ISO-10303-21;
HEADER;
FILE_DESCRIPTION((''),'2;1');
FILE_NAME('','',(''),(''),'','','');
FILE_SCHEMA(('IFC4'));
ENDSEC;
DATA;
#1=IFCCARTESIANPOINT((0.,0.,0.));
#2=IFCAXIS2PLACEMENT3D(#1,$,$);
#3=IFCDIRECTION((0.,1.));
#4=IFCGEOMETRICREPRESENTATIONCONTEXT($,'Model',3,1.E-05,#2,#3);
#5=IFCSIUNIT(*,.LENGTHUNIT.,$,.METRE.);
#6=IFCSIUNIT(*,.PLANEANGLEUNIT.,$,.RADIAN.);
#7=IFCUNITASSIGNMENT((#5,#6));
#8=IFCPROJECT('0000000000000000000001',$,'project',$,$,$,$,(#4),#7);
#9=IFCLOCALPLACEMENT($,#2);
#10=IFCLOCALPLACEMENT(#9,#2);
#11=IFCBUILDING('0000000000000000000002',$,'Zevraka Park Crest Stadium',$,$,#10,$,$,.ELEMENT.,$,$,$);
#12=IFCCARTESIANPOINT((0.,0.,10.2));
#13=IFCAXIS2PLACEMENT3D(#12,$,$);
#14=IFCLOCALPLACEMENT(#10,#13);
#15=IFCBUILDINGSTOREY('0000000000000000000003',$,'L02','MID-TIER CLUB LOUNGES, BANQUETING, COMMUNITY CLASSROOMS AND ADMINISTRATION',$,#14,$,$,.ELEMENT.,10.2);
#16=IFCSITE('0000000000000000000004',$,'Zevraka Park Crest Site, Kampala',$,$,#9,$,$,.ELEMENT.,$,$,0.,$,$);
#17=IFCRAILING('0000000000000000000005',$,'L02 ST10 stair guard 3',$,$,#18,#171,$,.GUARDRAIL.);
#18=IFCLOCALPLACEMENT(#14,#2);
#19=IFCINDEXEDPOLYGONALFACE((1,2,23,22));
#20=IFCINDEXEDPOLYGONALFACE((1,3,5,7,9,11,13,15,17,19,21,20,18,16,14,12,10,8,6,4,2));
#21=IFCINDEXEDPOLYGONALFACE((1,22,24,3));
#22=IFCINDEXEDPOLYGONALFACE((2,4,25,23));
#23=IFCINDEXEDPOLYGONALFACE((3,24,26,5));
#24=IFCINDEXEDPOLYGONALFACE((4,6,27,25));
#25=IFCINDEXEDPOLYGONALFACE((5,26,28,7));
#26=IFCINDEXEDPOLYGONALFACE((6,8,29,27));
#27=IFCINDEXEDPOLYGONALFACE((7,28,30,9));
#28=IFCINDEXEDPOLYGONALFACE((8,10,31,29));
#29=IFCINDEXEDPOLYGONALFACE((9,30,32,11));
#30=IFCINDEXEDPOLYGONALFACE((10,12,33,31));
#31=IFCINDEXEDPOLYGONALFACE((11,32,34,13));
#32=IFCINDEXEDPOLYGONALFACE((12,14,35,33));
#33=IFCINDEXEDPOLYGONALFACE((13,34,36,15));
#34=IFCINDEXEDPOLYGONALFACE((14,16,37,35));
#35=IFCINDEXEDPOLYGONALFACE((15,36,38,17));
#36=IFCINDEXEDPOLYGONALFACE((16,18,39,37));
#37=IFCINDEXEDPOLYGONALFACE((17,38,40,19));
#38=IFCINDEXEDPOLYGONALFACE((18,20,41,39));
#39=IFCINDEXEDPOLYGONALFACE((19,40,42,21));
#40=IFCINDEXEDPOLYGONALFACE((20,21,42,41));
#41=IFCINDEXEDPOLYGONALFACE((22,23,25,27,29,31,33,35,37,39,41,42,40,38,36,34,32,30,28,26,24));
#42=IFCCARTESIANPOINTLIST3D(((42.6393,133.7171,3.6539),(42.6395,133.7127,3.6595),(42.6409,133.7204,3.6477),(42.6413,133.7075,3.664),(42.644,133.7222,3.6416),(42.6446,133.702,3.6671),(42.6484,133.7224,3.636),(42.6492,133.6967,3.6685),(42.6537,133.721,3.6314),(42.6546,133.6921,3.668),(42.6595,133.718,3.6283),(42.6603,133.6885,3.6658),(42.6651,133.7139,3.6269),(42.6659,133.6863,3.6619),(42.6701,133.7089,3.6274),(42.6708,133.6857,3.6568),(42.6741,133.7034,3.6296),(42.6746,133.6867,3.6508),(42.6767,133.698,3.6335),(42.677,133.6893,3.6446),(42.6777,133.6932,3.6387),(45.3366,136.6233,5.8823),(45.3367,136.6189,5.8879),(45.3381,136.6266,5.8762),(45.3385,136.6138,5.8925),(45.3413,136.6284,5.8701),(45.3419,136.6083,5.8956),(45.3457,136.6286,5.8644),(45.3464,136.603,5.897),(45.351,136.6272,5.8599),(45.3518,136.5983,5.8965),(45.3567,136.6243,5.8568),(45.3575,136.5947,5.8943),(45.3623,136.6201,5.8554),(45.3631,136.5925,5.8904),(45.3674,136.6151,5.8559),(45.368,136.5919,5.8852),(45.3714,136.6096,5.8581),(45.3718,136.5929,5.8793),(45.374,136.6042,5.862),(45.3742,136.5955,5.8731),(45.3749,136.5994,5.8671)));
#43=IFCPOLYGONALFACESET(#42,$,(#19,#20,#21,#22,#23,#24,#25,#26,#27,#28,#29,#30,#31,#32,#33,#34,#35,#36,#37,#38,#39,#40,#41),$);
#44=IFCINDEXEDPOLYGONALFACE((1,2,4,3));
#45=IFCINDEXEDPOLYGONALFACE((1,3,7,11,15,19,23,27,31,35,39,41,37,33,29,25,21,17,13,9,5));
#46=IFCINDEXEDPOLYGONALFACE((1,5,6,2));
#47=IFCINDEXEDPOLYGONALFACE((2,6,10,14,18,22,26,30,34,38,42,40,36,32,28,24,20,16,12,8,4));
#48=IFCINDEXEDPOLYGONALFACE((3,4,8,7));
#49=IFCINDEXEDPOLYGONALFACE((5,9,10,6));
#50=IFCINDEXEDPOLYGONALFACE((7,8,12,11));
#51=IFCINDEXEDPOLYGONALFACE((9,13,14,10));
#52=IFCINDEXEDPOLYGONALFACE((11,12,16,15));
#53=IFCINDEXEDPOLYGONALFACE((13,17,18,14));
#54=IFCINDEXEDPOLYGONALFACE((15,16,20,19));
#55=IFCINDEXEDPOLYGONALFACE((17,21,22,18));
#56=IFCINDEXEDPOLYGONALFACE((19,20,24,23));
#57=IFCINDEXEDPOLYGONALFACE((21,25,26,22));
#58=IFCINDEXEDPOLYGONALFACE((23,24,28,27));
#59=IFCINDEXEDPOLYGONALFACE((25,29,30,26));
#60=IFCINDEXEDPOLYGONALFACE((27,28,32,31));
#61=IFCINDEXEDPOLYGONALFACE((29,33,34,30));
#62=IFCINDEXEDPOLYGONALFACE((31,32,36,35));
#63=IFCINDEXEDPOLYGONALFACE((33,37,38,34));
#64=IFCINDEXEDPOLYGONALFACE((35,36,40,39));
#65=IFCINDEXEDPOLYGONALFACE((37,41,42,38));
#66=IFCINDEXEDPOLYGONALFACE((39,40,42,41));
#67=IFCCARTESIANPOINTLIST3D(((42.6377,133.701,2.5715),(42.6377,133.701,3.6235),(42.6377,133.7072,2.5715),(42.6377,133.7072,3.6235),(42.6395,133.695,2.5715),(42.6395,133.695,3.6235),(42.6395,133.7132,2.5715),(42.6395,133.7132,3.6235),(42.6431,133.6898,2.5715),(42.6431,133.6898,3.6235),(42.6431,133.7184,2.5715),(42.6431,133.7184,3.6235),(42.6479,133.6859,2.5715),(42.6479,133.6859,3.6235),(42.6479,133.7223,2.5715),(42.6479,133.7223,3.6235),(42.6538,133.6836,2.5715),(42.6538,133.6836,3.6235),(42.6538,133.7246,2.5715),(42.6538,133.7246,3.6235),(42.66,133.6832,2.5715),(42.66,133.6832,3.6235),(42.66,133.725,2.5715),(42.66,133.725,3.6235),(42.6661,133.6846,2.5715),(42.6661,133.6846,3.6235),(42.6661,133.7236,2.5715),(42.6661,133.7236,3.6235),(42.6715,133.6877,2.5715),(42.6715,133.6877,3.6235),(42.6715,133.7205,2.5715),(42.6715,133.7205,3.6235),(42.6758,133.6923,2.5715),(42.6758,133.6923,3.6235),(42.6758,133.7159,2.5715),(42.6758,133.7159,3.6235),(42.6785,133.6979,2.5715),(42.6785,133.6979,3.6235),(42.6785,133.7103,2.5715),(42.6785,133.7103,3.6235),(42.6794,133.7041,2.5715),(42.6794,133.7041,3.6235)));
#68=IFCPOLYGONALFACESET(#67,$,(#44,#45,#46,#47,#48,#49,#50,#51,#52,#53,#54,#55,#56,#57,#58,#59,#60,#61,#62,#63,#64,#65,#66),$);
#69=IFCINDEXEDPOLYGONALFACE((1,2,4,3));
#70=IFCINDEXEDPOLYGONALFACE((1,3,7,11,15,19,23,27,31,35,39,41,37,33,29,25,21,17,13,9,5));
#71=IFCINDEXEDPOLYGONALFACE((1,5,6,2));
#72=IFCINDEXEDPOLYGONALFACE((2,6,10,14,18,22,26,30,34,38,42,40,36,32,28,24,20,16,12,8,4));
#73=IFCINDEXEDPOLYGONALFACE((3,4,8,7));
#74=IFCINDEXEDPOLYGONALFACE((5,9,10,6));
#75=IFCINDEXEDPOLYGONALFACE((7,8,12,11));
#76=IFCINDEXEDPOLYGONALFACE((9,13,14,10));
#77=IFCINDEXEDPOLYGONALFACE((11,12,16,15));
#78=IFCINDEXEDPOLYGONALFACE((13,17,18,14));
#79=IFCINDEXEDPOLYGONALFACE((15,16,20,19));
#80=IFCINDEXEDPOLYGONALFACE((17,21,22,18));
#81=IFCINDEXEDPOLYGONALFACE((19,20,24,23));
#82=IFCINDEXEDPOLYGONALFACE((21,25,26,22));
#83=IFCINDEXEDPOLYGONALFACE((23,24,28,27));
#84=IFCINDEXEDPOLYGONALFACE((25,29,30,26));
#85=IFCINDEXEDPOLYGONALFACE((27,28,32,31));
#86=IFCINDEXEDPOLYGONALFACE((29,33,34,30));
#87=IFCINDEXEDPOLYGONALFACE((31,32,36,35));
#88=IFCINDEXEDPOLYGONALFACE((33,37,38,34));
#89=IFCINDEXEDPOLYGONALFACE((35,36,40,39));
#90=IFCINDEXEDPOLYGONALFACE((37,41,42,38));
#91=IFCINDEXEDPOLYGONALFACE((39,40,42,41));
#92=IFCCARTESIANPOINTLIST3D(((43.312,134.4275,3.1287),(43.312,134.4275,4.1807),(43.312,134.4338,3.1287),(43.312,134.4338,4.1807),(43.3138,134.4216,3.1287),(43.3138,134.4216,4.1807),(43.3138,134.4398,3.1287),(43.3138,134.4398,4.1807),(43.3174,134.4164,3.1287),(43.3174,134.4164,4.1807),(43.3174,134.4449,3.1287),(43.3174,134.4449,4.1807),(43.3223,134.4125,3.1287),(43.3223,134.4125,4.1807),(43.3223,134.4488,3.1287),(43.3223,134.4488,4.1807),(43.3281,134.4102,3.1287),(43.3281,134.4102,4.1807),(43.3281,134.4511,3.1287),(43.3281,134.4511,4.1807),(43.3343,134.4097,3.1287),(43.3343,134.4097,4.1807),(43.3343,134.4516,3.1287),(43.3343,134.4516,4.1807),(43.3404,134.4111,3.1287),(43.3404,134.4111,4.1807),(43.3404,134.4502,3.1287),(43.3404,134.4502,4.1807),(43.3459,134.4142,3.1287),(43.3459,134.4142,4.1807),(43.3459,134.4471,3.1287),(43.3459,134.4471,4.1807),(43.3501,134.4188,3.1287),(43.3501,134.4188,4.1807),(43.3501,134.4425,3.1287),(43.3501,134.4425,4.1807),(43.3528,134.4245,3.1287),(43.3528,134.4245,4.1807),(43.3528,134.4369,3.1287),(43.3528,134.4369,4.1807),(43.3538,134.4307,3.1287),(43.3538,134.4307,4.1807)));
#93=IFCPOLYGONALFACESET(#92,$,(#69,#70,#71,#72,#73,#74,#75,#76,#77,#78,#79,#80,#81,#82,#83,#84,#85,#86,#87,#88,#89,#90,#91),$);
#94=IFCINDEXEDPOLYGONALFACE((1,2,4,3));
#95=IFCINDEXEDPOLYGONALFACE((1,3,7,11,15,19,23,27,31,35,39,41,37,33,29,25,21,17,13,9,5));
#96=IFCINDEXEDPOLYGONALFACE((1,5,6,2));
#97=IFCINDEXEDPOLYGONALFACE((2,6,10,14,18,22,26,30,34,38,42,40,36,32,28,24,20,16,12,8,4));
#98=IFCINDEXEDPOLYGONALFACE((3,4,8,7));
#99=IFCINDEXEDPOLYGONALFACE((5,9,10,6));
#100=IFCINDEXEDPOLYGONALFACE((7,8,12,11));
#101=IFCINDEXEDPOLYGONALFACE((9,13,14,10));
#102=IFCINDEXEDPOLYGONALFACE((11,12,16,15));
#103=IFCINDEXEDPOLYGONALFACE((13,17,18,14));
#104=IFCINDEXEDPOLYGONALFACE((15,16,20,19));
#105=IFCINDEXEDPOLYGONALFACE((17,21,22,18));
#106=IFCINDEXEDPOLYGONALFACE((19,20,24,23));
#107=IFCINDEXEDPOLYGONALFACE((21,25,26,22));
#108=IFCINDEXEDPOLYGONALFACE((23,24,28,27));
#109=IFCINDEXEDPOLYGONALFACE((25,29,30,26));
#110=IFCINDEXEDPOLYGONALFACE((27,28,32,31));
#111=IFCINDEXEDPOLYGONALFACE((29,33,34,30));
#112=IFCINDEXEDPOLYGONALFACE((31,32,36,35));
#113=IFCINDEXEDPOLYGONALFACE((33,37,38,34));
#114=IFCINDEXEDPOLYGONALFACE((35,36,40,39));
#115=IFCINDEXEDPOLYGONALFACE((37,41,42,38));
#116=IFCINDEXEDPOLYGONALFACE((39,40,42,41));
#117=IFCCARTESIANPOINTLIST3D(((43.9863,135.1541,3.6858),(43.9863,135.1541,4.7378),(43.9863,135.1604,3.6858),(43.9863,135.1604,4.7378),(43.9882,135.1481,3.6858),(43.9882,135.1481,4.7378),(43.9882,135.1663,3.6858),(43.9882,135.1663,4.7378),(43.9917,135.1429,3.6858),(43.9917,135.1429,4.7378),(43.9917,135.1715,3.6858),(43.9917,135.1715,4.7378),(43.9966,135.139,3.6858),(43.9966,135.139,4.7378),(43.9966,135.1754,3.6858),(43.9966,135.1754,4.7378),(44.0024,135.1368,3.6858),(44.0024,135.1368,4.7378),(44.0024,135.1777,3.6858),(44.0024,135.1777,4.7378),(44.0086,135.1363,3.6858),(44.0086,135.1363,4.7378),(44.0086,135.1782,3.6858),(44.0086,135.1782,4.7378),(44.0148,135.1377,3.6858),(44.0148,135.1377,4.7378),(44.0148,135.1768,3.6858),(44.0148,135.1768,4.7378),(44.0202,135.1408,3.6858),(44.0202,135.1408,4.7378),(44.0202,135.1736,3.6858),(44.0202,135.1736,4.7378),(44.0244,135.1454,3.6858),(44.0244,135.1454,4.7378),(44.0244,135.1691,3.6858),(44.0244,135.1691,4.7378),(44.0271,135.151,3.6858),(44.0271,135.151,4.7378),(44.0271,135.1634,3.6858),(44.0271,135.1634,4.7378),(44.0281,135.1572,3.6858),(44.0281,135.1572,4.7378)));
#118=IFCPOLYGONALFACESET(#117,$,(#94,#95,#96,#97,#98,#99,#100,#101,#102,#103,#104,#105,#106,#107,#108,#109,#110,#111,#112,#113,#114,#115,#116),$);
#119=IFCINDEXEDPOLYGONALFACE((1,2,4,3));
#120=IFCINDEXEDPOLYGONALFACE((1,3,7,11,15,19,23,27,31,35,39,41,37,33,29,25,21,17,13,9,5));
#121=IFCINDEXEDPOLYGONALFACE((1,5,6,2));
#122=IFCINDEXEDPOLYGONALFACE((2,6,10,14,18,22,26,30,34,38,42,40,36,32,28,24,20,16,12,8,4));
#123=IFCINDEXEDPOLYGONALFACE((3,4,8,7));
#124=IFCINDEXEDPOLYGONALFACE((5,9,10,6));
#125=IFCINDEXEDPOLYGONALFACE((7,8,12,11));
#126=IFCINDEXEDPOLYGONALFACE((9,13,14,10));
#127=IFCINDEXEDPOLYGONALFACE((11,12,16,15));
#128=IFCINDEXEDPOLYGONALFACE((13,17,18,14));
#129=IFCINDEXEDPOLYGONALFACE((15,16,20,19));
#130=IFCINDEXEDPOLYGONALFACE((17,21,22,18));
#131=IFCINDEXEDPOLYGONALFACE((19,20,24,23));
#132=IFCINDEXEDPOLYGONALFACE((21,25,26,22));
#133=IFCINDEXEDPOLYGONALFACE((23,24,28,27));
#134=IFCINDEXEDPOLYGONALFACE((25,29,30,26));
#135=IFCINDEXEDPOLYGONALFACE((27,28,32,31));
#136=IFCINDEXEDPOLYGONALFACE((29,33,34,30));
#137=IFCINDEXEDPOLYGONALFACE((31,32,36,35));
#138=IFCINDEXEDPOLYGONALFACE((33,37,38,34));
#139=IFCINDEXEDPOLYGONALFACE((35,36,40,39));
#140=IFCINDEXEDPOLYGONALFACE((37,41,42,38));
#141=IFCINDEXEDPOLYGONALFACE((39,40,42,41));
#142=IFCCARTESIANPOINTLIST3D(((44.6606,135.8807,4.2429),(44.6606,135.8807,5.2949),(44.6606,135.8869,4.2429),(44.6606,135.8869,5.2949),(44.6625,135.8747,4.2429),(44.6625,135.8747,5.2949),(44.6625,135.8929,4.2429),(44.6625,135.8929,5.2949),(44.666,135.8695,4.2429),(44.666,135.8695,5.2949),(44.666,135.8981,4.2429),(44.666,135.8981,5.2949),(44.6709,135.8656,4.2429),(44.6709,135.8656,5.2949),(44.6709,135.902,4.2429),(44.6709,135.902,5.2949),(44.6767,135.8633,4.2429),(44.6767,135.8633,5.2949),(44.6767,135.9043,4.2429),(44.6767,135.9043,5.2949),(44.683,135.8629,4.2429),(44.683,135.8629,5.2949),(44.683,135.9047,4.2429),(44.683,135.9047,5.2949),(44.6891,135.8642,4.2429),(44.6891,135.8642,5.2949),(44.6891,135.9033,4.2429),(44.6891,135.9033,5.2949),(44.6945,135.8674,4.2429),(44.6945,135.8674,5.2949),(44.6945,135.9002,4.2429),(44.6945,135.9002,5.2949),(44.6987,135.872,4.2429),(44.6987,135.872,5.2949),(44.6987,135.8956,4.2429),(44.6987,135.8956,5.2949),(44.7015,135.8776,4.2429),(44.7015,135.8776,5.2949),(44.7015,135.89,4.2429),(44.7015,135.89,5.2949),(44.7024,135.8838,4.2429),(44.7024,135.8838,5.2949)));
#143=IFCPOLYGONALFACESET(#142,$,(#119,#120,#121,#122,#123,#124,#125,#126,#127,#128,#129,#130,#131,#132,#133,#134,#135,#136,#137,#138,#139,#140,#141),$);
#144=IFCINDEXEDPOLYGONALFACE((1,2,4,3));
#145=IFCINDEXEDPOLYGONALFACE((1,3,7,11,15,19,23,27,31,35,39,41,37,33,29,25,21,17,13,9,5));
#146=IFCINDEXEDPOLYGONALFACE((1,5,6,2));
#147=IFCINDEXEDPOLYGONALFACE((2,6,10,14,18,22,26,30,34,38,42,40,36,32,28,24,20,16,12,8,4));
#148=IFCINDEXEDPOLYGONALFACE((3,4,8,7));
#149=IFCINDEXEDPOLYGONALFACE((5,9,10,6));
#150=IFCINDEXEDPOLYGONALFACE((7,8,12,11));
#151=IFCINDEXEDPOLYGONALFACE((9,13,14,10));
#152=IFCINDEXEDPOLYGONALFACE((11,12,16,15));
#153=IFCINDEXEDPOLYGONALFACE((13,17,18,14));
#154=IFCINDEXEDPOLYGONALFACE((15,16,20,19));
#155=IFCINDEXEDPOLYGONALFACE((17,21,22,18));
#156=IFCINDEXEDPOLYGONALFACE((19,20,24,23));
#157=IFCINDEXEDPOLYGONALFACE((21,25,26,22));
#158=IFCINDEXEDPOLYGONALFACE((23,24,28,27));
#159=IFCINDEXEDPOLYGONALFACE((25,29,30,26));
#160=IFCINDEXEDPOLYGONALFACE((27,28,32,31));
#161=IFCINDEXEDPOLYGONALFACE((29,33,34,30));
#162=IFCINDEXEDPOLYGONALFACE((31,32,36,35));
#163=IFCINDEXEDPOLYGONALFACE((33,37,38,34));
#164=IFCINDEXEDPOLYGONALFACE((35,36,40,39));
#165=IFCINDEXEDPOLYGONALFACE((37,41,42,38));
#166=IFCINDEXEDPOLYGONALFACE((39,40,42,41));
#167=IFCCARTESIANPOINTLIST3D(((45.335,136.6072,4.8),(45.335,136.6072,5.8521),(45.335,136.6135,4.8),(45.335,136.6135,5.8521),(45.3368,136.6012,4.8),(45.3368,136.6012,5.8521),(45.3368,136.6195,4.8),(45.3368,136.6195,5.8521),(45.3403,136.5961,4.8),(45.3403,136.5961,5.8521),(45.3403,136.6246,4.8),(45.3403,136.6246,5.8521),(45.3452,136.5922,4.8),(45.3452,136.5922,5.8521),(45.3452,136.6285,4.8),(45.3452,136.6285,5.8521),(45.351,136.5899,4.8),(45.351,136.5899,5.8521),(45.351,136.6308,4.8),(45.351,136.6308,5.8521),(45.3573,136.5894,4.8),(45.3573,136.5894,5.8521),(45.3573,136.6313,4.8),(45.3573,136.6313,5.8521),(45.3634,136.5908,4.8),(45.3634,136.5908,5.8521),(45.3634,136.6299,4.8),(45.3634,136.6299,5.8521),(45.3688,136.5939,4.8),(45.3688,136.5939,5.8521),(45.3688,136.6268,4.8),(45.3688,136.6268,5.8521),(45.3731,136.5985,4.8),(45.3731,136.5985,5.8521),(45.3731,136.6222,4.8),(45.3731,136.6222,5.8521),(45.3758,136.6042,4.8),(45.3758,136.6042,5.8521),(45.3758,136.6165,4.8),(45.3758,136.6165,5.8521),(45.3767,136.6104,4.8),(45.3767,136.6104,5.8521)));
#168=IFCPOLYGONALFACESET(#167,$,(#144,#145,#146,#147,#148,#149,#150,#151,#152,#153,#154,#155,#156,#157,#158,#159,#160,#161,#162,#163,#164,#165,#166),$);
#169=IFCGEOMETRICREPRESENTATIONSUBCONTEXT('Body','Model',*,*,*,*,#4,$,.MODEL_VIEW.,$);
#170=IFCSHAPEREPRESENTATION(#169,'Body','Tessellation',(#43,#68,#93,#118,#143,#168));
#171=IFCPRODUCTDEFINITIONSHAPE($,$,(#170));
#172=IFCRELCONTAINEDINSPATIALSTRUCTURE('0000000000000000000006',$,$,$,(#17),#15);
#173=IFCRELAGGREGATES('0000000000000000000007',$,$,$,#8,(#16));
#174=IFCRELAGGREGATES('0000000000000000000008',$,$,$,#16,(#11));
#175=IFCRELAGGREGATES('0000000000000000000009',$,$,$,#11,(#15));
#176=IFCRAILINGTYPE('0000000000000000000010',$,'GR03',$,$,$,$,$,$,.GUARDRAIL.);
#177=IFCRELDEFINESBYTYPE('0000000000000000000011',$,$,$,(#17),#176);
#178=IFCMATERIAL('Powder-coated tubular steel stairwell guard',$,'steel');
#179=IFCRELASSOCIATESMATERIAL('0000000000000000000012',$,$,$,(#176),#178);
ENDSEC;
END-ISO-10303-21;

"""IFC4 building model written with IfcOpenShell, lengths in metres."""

from ifc_helpers import new_model, si_unit, direction, frame, origin, origin_2d, place, context, subcontext, project, spatial, circle, extrude, material, type_object, element, save


model = new_model("IFC4")

# Units and contexts
model_context = context("Model", 3, precision=1e-05, world=origin(), true_north=direction((0.0, 1.0)))
body_context = subcontext(model_context, "Body", "Model", "MODEL_VIEW")
ifc_project = project(units=[si_unit("LENGTHUNIT", "METRE"), si_unit("PLANEANGLEUNIT", "RADIAN")], contexts=[model_context])

# Site, building, storey
site_placement = place(None, origin())
site = spatial("IfcSite", under=ifc_project, at=site_placement, Name="Zevraka Park Crest Site, Kampala", CompositionType="ELEMENT", RefElevation=0.0)
building_placement = place(site_placement, origin())
building = spatial("IfcBuilding", under=site, at=building_placement, Name="Zevraka Park Crest Stadium", CompositionType="ELEMENT")
storey_placement = place(building_placement, frame((0.0, 0.0, 10.2)))
storey = spatial("IfcBuildingStorey", under=building, at=storey_placement, Name="L02", Description="MID-TIER CLUB LOUNGES, BANQUETING, COMMUNITY CLASSROOMS AND ADMINISTRATION", CompositionType="ELEMENT", Elevation=10.2)

# Railing
ifc_material_1 = material(Name="Powder-coated tubular steel stairwell guard", Category="steel")
railing_type_1 = type_object("IfcRailingType", Name="GR03", PredefinedType="GUARDRAIL", material=ifc_material_1)
railing_1_placement = place(storey_placement, frame((42.6584, 133.7041, 2.5715)))
element("IfcRailing", 1, at=railing_1_placement, inside=storey, type_object=railing_type_1, Name="L02 ST10 stair guard 3", PredefinedType="GUARDRAIL", context=body_context, shape_type="SweptSolid", body=[
    extrude(circle(Radius=0.0239, at=origin_2d()), frame((0.0, 0.0, 1.0762), z_axis=(0.593016, 0.638963, 0.489957), x_axis=(-0.732969, 0.680262, 0.0)), (0.0, 0.0, 1.0), 4.5483),
    extrude(circle(Radius=0.021, at=origin_2d()), origin(), (0.0, 0.0, 1.0), 1.052),
    extrude(circle(Radius=0.021, at=origin_2d()), frame((0.6743, 0.7266, 0.5571)), (0.0, 0.0, 1.0), 1.052),
    extrude(circle(Radius=0.021, at=origin_2d()), frame((1.3486, 1.4531, 1.1143)), (0.0, 0.0, 1.0), 1.052),
    extrude(circle(Radius=0.021, at=origin_2d()), frame((2.0229, 2.1797, 1.6714)), (0.0, 0.0, 1.0), 1.052),
    extrude(circle(Radius=0.021, at=origin_2d()), frame((2.6973, 2.9062, 2.2285)), (0.0, 0.0, 1.0), 1.052),
])

save(model, "model.ifc")
